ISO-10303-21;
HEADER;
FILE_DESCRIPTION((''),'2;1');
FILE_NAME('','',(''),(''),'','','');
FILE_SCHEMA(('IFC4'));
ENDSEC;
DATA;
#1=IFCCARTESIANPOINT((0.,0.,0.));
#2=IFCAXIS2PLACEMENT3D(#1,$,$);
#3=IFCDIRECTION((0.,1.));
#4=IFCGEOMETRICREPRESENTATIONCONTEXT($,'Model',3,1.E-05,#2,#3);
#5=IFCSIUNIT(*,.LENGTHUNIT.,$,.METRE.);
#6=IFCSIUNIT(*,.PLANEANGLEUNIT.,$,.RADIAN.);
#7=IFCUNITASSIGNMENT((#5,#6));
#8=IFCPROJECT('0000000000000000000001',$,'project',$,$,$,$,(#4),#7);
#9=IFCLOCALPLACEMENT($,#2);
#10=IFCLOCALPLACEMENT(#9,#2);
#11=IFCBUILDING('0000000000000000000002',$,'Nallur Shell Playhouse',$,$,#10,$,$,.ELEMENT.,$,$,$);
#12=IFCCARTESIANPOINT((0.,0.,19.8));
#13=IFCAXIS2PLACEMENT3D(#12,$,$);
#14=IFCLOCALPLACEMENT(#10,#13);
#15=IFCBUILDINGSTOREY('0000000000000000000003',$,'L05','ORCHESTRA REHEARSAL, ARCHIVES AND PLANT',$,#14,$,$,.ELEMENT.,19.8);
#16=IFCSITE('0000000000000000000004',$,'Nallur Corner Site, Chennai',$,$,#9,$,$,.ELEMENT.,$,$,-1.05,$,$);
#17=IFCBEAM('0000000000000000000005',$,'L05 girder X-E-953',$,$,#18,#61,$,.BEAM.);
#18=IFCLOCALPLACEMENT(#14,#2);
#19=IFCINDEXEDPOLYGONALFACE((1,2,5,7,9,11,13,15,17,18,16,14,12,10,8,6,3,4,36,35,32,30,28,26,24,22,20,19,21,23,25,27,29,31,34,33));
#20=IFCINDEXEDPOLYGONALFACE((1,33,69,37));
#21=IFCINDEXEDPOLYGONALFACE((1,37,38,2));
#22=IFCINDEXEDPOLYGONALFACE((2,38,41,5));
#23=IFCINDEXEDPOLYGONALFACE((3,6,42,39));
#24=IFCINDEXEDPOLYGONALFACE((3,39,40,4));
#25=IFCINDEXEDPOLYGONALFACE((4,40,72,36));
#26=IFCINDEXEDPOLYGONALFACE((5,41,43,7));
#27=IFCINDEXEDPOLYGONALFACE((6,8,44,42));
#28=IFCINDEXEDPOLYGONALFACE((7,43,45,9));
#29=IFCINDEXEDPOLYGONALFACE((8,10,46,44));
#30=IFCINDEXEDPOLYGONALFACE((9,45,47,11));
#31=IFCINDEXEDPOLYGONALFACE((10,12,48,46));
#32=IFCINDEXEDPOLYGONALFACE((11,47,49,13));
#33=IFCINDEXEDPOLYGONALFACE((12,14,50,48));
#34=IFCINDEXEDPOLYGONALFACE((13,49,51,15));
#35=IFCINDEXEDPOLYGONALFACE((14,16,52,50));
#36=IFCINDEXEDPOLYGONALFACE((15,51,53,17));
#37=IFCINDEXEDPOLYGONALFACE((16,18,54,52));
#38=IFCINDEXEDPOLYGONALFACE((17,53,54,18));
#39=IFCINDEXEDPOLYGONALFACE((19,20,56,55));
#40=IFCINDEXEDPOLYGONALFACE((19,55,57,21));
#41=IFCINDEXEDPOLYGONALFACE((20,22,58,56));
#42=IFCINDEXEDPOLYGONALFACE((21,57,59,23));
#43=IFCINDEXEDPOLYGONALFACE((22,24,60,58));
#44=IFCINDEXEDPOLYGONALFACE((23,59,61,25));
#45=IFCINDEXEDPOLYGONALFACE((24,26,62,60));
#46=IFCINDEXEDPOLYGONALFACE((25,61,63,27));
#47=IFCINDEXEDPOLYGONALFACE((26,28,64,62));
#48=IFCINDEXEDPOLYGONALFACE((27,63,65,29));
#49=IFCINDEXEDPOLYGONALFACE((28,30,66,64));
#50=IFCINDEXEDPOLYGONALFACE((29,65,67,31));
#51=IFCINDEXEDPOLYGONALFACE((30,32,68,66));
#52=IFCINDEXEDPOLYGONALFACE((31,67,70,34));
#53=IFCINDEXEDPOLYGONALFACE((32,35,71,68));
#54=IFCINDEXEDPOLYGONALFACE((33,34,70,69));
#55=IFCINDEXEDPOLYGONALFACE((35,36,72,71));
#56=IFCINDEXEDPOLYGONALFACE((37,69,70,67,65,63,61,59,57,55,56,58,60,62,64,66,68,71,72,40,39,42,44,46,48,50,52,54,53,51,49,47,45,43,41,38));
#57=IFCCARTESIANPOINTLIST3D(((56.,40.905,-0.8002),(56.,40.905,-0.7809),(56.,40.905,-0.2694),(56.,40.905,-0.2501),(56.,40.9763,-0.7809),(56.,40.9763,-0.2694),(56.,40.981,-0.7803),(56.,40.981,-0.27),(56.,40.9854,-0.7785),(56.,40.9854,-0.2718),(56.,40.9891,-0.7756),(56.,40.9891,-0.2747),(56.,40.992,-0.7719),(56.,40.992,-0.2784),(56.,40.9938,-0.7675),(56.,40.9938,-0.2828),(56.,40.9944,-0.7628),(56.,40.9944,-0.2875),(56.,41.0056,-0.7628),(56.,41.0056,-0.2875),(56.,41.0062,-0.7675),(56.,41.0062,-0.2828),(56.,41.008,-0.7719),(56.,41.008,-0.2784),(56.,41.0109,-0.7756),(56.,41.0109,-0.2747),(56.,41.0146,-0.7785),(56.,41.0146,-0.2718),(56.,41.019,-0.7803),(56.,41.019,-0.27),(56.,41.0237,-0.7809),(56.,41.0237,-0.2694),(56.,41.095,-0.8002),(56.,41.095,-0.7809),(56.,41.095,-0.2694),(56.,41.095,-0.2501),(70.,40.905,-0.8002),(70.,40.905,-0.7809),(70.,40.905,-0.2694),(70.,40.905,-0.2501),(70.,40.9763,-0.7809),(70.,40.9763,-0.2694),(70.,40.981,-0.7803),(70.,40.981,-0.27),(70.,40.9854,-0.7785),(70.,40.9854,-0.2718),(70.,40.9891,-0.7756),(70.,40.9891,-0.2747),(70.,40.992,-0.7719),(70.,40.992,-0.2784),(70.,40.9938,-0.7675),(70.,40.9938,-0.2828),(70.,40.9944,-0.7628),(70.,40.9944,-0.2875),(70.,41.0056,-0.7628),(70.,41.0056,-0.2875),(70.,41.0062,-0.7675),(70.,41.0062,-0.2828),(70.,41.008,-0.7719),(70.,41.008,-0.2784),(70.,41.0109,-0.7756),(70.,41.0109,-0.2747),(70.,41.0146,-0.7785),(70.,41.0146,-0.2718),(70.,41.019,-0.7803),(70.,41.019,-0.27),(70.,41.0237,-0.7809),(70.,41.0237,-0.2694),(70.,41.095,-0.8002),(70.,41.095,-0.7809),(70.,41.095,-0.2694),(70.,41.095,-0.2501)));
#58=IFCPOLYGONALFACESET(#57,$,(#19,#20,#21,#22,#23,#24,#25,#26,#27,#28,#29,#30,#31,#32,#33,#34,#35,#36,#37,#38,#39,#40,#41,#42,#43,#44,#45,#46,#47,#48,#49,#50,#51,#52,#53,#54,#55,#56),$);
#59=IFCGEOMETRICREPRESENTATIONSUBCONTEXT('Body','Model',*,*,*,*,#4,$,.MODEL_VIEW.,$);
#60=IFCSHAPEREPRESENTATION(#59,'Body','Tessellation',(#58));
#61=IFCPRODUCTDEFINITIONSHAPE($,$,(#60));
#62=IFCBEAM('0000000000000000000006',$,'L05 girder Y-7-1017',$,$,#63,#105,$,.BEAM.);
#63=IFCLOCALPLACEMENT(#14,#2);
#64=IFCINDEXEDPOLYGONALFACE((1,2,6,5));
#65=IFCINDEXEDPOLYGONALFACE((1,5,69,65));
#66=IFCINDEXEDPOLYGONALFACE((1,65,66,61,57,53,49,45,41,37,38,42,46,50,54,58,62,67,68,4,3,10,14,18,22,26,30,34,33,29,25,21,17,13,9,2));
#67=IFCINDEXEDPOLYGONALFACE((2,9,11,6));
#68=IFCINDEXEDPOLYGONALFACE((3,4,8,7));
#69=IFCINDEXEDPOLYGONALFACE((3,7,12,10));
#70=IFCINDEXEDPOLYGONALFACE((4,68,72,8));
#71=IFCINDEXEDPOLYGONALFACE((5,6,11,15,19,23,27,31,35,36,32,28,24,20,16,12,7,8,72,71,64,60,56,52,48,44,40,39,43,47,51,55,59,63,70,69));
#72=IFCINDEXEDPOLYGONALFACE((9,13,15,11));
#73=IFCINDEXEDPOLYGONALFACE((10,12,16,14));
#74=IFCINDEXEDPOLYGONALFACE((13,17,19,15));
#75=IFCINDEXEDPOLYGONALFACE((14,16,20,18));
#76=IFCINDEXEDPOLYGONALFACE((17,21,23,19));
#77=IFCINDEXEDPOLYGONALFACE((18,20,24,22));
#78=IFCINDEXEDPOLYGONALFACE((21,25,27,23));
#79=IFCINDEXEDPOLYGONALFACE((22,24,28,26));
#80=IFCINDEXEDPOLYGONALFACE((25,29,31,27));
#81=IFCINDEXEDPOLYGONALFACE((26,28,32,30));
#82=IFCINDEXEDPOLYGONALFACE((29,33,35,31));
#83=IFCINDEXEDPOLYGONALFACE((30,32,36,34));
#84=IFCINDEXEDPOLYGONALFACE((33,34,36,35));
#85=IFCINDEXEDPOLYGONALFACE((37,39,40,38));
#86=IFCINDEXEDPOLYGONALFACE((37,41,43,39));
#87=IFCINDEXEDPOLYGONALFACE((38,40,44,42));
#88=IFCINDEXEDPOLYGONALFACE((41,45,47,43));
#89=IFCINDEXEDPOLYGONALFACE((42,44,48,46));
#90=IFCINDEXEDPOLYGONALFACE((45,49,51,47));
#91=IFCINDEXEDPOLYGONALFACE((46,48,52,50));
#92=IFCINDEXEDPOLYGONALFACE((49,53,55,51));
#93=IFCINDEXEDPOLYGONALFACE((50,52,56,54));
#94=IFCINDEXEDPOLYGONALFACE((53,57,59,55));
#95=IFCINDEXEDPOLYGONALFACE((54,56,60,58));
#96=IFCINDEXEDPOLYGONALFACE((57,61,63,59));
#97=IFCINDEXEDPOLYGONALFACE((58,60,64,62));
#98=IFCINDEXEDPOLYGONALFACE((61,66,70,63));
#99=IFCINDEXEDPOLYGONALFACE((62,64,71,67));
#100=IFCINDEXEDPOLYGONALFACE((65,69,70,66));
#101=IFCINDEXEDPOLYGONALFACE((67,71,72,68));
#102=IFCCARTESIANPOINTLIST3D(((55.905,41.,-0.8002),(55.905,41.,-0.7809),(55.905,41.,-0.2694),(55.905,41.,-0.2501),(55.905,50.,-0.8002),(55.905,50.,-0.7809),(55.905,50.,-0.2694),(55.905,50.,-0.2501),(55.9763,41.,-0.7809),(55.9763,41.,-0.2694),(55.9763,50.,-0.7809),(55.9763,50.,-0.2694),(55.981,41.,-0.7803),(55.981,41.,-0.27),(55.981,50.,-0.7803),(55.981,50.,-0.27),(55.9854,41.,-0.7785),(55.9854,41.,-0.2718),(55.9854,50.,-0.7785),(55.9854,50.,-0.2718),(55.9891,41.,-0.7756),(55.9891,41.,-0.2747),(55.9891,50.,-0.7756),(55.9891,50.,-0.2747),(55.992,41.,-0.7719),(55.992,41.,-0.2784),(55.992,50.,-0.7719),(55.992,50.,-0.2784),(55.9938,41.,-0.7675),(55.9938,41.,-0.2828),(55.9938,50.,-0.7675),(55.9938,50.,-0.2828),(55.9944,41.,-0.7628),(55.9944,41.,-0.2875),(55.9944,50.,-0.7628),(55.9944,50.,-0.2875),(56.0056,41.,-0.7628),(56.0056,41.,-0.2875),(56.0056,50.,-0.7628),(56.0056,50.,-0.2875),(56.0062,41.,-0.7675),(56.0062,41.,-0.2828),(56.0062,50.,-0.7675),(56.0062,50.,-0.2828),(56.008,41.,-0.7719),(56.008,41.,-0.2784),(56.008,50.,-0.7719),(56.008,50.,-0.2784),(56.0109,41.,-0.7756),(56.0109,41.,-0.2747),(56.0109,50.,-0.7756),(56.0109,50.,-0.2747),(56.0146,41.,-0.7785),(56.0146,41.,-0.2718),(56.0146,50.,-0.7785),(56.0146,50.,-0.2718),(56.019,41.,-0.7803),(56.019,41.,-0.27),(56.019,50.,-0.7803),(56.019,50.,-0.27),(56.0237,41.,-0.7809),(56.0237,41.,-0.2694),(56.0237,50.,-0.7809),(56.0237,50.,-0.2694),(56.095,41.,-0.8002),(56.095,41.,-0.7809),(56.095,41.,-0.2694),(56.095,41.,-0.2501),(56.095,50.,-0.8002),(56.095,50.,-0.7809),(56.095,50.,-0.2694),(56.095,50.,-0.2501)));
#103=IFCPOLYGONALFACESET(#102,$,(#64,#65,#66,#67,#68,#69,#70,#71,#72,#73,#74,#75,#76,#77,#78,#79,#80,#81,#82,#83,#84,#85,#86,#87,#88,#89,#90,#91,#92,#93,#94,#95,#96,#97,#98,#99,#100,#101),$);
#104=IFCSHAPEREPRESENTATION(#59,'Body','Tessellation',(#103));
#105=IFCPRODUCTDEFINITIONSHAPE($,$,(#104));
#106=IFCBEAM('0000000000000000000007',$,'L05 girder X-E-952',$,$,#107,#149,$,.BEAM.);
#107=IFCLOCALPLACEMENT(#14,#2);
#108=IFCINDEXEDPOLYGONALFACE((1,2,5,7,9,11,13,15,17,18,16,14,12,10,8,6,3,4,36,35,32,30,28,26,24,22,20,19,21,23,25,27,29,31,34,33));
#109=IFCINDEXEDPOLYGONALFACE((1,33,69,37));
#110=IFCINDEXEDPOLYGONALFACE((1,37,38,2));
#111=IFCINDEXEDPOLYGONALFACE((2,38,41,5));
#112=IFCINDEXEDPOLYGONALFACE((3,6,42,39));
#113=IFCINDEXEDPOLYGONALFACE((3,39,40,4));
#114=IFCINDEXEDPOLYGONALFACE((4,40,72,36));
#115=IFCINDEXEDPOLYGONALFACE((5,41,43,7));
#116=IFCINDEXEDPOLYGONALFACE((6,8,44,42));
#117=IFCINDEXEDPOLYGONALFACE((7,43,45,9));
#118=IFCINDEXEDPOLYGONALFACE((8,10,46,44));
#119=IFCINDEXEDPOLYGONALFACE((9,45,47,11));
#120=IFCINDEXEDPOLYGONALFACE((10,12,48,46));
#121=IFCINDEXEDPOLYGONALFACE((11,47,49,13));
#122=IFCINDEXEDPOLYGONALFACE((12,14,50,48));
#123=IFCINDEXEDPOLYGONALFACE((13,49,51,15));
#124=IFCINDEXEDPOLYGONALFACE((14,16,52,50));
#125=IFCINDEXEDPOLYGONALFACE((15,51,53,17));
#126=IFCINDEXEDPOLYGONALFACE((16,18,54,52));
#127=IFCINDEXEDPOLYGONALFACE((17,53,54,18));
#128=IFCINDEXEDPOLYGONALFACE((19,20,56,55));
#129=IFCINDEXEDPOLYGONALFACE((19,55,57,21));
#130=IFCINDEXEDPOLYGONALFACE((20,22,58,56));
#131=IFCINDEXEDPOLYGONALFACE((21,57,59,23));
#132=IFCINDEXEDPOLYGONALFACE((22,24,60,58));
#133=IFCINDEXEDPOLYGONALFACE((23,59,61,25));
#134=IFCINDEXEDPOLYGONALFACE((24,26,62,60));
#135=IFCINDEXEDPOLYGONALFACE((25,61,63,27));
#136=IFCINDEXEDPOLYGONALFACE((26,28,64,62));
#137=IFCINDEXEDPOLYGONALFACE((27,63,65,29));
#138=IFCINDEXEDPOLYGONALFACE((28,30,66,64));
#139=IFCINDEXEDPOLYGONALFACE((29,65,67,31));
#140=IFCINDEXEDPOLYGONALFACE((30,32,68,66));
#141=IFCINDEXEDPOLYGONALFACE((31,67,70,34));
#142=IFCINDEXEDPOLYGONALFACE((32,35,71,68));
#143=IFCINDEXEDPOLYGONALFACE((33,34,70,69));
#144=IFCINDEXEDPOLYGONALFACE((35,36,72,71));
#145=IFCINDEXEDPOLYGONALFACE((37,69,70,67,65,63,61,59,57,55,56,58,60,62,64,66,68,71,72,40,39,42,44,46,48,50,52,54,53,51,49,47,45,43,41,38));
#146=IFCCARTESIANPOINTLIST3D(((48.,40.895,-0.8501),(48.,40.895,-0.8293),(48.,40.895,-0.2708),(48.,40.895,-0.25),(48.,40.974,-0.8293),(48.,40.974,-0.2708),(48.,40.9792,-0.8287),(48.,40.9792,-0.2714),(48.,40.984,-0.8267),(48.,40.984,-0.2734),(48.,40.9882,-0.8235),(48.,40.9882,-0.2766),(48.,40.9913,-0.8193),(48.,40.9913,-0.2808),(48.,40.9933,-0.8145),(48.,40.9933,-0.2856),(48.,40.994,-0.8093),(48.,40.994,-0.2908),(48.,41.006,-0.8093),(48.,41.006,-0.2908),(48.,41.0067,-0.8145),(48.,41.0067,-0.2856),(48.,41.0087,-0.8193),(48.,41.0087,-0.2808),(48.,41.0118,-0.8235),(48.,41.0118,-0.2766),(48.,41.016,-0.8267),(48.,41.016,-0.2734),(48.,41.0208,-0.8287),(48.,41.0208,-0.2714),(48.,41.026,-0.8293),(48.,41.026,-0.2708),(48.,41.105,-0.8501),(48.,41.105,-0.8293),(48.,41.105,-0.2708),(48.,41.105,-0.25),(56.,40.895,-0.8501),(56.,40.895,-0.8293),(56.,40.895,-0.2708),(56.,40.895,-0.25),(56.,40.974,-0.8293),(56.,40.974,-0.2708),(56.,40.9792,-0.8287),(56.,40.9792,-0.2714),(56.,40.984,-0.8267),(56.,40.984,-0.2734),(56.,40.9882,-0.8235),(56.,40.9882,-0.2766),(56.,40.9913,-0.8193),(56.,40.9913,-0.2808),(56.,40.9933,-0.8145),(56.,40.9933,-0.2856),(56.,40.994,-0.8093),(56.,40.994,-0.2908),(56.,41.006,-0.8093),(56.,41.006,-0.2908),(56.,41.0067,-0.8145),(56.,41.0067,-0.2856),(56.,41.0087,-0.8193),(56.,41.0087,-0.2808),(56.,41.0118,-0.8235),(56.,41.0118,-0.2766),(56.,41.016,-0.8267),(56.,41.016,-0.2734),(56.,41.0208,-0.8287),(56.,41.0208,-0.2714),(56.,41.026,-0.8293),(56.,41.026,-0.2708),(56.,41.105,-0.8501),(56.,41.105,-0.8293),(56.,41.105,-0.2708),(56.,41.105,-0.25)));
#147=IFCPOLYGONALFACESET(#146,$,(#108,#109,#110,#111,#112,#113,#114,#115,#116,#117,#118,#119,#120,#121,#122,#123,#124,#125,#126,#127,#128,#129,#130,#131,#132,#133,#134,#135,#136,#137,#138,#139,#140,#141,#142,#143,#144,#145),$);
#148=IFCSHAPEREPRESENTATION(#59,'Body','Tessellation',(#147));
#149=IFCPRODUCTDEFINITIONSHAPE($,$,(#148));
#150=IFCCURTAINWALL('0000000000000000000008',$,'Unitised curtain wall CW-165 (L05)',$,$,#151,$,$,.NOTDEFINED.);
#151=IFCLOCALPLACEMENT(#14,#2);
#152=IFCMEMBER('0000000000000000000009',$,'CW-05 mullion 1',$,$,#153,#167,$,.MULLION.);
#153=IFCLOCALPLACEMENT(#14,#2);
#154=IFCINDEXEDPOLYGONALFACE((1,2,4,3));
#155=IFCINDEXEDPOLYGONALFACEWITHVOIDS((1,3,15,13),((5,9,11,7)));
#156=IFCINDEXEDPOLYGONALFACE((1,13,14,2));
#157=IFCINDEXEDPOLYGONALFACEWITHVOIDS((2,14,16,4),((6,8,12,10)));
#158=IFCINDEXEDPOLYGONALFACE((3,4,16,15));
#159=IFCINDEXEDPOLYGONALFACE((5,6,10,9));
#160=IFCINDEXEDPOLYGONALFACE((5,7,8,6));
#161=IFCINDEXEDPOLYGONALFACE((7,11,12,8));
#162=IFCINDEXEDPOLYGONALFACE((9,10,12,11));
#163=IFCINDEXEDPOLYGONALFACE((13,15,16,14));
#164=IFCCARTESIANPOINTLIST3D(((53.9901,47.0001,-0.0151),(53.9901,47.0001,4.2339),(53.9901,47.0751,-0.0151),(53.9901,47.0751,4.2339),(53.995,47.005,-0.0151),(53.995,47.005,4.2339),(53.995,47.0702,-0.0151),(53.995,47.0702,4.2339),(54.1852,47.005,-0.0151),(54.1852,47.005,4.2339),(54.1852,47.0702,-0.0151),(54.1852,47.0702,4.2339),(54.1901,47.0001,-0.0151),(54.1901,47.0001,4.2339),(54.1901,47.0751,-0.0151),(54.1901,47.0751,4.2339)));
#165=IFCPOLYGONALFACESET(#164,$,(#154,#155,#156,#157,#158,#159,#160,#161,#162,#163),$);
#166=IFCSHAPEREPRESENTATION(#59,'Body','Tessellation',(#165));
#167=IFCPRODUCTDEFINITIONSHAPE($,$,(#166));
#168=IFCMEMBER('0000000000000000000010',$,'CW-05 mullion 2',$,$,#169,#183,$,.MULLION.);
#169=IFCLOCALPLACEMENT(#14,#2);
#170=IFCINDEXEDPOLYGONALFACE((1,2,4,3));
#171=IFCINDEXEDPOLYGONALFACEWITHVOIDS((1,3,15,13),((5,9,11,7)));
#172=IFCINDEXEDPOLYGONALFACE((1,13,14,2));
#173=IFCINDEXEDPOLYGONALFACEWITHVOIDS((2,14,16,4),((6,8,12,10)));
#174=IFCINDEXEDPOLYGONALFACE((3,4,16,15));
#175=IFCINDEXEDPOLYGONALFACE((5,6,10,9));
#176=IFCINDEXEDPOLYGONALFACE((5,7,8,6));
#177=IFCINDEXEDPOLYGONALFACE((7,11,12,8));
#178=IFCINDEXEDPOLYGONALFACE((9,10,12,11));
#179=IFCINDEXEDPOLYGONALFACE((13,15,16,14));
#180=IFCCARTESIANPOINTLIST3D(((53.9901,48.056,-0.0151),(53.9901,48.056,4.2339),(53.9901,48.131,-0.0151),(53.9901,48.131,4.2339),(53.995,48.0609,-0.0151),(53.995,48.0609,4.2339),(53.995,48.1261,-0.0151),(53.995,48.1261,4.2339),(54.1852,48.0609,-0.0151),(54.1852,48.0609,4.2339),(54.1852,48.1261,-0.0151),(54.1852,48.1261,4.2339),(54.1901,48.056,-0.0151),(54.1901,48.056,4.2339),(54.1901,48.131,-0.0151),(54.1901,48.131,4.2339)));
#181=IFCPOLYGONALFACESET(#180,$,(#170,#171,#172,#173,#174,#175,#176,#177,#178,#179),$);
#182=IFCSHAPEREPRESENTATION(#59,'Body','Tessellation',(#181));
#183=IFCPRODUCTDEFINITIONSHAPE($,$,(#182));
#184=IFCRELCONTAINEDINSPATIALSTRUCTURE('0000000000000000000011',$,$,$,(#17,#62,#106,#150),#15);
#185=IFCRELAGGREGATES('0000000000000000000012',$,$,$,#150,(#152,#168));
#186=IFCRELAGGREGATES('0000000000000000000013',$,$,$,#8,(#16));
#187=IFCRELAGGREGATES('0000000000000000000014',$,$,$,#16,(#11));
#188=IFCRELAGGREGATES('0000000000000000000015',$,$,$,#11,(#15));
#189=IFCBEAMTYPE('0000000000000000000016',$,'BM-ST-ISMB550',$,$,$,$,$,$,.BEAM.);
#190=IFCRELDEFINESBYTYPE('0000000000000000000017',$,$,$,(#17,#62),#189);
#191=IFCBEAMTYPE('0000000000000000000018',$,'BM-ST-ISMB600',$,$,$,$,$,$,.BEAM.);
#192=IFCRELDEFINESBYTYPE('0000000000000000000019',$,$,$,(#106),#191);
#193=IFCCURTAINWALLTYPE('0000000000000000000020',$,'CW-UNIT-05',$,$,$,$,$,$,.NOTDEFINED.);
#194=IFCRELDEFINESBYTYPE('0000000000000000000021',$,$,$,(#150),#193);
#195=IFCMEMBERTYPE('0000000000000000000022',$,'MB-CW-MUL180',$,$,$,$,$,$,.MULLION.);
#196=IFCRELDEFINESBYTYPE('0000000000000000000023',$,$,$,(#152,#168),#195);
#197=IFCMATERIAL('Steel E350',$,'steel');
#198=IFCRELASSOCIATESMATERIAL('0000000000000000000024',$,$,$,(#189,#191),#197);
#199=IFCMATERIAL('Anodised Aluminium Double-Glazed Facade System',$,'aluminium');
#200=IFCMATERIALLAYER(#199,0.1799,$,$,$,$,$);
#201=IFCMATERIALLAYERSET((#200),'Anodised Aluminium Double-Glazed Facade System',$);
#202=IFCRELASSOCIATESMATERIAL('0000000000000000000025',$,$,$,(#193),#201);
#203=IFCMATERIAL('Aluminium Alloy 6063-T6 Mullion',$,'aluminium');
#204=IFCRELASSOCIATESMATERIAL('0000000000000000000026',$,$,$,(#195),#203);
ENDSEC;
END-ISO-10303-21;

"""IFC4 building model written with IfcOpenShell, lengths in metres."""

from ifc_helpers import new_model, si_unit, direction, frame, origin, origin_2d, place, context, subcontext, project, spatial, hollow_rectangle, i_section, extrude, material, layer, layer_set, material_profile, profile_set, type_object, element, aggregate, save


model = new_model("IFC4")

# Units and contexts
model_context = context("Model", 3, precision=1e-05, world=origin(), true_north=direction((0.0, 1.0)))
body_context = subcontext(model_context, "Body", "Model", "MODEL_VIEW")
ifc_project = project(units=[si_unit("LENGTHUNIT", "METRE"), si_unit("PLANEANGLEUNIT", "RADIAN")], contexts=[model_context])

# Site, building, storey
site_placement = place(None, origin())
site = spatial("IfcSite", under=ifc_project, at=site_placement, Name="Nallur Corner Site, Chennai", CompositionType="ELEMENT", RefElevation=-1.05)
building_placement = place(site_placement, origin())
building = spatial("IfcBuilding", under=site, at=building_placement, Name="Nallur Shell Playhouse", CompositionType="ELEMENT")
storey_placement = place(building_placement, frame((0.0, 0.0, 19.8)))
storey = spatial("IfcBuildingStorey", under=building, at=storey_placement, Name="L05", Description="ORCHESTRA REHEARSAL, ARCHIVES AND PLANT", CompositionType="ELEMENT", Elevation=19.8)

# Beams
ifc_material_1 = material(Name="Steel E350", Category="steel")
ifc_material_profile_1 = material_profile(ifc_material_1, i_section(OverallWidth=0.1899, OverallDepth=0.55, WebThickness=0.0112, FlangeThickness=0.0193, FilletRadius=0.0181, at=origin_2d()), Name="ISMB 550")
ifc_profile_set_1 = profile_set([ifc_material_profile_1], Name="Steel E350")
beam_type_1 = type_object("IfcBeamType", Name="BM-ST-ISMB550", PredefinedType="BEAM", material=ifc_profile_set_1)
beam_1_placement = place(storey_placement, frame((56.0, 41.0, -0.5251), z_axis=(1.0, 0.0, 0.0), x_axis=(0.0, 1.0, 0.0)))
element("IfcBeam", 1, at=beam_1_placement, inside=storey, type_object=beam_type_1, Name="L05 girder X-E-953", PredefinedType="BEAM", context=body_context, shape_type="SweptSolid", body=[
    extrude(i_section(OverallWidth=0.1899, OverallDepth=0.55, WebThickness=0.0112, FlangeThickness=0.0193, FilletRadius=0.0181, at=origin_2d()), origin(), (0.0, 0.0, 1.0), 14.0),
])
beam_2_placement = place(storey_placement, frame((56.0, 41.0, -0.5251), z_axis=(0.0, 1.0, 0.0), x_axis=(-1.0, 0.0, 0.0)))
element("IfcBeam", 2, at=beam_2_placement, inside=storey, type_object=beam_type_1, Name="L05 girder Y-7-1017", PredefinedType="BEAM", context=body_context, shape_type="SweptSolid", body=[
    extrude(i_section(OverallWidth=0.1899, OverallDepth=0.55, WebThickness=0.0112, FlangeThickness=0.0193, FilletRadius=0.0181, at=origin_2d()), origin(), (0.0, 0.0, 1.0), 9.0),
])
ifc_material_profile_2 = material_profile(ifc_material_1, i_section(OverallWidth=0.21, OverallDepth=0.6001, WebThickness=0.012, FlangeThickness=0.0208, FilletRadius=0.02, at=origin_2d()), Name="ISMB 600")
ifc_profile_set_2 = profile_set([ifc_material_profile_2], Name="Steel E350")
beam_type_2 = type_object("IfcBeamType", Name="BM-ST-ISMB600", PredefinedType="BEAM", material=ifc_profile_set_2)
beam_3_placement = place(storey_placement, frame((48.0, 41.0, -0.55), z_axis=(1.0, 0.0, 0.0), x_axis=(0.0, 1.0, 0.0)))
element("IfcBeam", 3, at=beam_3_placement, inside=storey, type_object=beam_type_2, Name="L05 girder X-E-952", PredefinedType="BEAM", context=body_context, shape_type="SweptSolid", body=[
    extrude(i_section(OverallWidth=0.21, OverallDepth=0.6001, WebThickness=0.012, FlangeThickness=0.0208, FilletRadius=0.02, at=origin_2d()), origin(), (0.0, 0.0, 1.0), 8.0),
])

# Curtain wall, members
ifc_material_2 = material(Name="Anodised Aluminium Double-Glazed Facade System", Category="aluminium")
ifc_layer_1 = layer(ifc_material_2, 0.1799)
ifc_layer_set_1 = layer_set([ifc_layer_1], Name="Anodised Aluminium Double-Glazed Facade System")
curtain_wall_type = type_object("IfcCurtainWallType", Name="CW-UNIT-05", PredefinedType="NOTDEFINED", material=ifc_layer_set_1)
curtain_wall_placement = place(storey_placement, origin())
curtain_wall = element("IfcCurtainWall", 4, at=curtain_wall_placement, inside=storey, type_object=curtain_wall_type, Name="Unitised curtain wall CW-165 (L05)", PredefinedType="NOTDEFINED")
ifc_material_3 = material(Name="Aluminium Alloy 6063-T6 Mullion", Category="aluminium")
ifc_material_profile_3 = material_profile(ifc_material_3, hollow_rectangle(XDim=0.075, YDim=0.2, WallThickness=0.0049, at=origin_2d()), Name="ALU 75x200x5")
ifc_profile_set_3 = profile_set([ifc_material_profile_3], Name="Aluminium Alloy 6063-T6 Mullion")
member_type_1 = type_object("IfcMemberType", Name="MB-CW-MUL180", PredefinedType="MULLION", material=ifc_profile_set_3)
member_1_placement = place(storey_placement, frame((54.0901, 47.0376, -0.0151), z_axis=(0.0, 0.0, 1.0), x_axis=(0.0, 1.0, 0.0)))
member_1 = element("IfcMember", 5, at=member_1_placement, type_object=member_type_1, Name="CW-05 mullion 1", PredefinedType="MULLION", context=body_context, shape_type="SweptSolid", body=[
    extrude(hollow_rectangle(XDim=0.075, YDim=0.2, WallThickness=0.0049, at=origin_2d()), origin(), (0.0, 0.0, 1.0), 4.249),
])
member_2_placement = place(storey_placement, frame((54.0901, 48.0935, -0.0151), z_axis=(0.0, 0.0, 1.0), x_axis=(0.0, 1.0, 0.0)))
member_2 = element("IfcMember", 6, at=member_2_placement, type_object=member_type_1, Name="CW-05 mullion 2", PredefinedType="MULLION", context=body_context, shape_type="SweptSolid", body=[
    extrude(hollow_rectangle(XDim=0.075, YDim=0.2, WallThickness=0.0049, at=origin_2d()), origin(), (0.0, 0.0, 1.0), 4.249),
])
aggregate(curtain_wall, [member_1, member_2])

save(model, "model.ifc")
